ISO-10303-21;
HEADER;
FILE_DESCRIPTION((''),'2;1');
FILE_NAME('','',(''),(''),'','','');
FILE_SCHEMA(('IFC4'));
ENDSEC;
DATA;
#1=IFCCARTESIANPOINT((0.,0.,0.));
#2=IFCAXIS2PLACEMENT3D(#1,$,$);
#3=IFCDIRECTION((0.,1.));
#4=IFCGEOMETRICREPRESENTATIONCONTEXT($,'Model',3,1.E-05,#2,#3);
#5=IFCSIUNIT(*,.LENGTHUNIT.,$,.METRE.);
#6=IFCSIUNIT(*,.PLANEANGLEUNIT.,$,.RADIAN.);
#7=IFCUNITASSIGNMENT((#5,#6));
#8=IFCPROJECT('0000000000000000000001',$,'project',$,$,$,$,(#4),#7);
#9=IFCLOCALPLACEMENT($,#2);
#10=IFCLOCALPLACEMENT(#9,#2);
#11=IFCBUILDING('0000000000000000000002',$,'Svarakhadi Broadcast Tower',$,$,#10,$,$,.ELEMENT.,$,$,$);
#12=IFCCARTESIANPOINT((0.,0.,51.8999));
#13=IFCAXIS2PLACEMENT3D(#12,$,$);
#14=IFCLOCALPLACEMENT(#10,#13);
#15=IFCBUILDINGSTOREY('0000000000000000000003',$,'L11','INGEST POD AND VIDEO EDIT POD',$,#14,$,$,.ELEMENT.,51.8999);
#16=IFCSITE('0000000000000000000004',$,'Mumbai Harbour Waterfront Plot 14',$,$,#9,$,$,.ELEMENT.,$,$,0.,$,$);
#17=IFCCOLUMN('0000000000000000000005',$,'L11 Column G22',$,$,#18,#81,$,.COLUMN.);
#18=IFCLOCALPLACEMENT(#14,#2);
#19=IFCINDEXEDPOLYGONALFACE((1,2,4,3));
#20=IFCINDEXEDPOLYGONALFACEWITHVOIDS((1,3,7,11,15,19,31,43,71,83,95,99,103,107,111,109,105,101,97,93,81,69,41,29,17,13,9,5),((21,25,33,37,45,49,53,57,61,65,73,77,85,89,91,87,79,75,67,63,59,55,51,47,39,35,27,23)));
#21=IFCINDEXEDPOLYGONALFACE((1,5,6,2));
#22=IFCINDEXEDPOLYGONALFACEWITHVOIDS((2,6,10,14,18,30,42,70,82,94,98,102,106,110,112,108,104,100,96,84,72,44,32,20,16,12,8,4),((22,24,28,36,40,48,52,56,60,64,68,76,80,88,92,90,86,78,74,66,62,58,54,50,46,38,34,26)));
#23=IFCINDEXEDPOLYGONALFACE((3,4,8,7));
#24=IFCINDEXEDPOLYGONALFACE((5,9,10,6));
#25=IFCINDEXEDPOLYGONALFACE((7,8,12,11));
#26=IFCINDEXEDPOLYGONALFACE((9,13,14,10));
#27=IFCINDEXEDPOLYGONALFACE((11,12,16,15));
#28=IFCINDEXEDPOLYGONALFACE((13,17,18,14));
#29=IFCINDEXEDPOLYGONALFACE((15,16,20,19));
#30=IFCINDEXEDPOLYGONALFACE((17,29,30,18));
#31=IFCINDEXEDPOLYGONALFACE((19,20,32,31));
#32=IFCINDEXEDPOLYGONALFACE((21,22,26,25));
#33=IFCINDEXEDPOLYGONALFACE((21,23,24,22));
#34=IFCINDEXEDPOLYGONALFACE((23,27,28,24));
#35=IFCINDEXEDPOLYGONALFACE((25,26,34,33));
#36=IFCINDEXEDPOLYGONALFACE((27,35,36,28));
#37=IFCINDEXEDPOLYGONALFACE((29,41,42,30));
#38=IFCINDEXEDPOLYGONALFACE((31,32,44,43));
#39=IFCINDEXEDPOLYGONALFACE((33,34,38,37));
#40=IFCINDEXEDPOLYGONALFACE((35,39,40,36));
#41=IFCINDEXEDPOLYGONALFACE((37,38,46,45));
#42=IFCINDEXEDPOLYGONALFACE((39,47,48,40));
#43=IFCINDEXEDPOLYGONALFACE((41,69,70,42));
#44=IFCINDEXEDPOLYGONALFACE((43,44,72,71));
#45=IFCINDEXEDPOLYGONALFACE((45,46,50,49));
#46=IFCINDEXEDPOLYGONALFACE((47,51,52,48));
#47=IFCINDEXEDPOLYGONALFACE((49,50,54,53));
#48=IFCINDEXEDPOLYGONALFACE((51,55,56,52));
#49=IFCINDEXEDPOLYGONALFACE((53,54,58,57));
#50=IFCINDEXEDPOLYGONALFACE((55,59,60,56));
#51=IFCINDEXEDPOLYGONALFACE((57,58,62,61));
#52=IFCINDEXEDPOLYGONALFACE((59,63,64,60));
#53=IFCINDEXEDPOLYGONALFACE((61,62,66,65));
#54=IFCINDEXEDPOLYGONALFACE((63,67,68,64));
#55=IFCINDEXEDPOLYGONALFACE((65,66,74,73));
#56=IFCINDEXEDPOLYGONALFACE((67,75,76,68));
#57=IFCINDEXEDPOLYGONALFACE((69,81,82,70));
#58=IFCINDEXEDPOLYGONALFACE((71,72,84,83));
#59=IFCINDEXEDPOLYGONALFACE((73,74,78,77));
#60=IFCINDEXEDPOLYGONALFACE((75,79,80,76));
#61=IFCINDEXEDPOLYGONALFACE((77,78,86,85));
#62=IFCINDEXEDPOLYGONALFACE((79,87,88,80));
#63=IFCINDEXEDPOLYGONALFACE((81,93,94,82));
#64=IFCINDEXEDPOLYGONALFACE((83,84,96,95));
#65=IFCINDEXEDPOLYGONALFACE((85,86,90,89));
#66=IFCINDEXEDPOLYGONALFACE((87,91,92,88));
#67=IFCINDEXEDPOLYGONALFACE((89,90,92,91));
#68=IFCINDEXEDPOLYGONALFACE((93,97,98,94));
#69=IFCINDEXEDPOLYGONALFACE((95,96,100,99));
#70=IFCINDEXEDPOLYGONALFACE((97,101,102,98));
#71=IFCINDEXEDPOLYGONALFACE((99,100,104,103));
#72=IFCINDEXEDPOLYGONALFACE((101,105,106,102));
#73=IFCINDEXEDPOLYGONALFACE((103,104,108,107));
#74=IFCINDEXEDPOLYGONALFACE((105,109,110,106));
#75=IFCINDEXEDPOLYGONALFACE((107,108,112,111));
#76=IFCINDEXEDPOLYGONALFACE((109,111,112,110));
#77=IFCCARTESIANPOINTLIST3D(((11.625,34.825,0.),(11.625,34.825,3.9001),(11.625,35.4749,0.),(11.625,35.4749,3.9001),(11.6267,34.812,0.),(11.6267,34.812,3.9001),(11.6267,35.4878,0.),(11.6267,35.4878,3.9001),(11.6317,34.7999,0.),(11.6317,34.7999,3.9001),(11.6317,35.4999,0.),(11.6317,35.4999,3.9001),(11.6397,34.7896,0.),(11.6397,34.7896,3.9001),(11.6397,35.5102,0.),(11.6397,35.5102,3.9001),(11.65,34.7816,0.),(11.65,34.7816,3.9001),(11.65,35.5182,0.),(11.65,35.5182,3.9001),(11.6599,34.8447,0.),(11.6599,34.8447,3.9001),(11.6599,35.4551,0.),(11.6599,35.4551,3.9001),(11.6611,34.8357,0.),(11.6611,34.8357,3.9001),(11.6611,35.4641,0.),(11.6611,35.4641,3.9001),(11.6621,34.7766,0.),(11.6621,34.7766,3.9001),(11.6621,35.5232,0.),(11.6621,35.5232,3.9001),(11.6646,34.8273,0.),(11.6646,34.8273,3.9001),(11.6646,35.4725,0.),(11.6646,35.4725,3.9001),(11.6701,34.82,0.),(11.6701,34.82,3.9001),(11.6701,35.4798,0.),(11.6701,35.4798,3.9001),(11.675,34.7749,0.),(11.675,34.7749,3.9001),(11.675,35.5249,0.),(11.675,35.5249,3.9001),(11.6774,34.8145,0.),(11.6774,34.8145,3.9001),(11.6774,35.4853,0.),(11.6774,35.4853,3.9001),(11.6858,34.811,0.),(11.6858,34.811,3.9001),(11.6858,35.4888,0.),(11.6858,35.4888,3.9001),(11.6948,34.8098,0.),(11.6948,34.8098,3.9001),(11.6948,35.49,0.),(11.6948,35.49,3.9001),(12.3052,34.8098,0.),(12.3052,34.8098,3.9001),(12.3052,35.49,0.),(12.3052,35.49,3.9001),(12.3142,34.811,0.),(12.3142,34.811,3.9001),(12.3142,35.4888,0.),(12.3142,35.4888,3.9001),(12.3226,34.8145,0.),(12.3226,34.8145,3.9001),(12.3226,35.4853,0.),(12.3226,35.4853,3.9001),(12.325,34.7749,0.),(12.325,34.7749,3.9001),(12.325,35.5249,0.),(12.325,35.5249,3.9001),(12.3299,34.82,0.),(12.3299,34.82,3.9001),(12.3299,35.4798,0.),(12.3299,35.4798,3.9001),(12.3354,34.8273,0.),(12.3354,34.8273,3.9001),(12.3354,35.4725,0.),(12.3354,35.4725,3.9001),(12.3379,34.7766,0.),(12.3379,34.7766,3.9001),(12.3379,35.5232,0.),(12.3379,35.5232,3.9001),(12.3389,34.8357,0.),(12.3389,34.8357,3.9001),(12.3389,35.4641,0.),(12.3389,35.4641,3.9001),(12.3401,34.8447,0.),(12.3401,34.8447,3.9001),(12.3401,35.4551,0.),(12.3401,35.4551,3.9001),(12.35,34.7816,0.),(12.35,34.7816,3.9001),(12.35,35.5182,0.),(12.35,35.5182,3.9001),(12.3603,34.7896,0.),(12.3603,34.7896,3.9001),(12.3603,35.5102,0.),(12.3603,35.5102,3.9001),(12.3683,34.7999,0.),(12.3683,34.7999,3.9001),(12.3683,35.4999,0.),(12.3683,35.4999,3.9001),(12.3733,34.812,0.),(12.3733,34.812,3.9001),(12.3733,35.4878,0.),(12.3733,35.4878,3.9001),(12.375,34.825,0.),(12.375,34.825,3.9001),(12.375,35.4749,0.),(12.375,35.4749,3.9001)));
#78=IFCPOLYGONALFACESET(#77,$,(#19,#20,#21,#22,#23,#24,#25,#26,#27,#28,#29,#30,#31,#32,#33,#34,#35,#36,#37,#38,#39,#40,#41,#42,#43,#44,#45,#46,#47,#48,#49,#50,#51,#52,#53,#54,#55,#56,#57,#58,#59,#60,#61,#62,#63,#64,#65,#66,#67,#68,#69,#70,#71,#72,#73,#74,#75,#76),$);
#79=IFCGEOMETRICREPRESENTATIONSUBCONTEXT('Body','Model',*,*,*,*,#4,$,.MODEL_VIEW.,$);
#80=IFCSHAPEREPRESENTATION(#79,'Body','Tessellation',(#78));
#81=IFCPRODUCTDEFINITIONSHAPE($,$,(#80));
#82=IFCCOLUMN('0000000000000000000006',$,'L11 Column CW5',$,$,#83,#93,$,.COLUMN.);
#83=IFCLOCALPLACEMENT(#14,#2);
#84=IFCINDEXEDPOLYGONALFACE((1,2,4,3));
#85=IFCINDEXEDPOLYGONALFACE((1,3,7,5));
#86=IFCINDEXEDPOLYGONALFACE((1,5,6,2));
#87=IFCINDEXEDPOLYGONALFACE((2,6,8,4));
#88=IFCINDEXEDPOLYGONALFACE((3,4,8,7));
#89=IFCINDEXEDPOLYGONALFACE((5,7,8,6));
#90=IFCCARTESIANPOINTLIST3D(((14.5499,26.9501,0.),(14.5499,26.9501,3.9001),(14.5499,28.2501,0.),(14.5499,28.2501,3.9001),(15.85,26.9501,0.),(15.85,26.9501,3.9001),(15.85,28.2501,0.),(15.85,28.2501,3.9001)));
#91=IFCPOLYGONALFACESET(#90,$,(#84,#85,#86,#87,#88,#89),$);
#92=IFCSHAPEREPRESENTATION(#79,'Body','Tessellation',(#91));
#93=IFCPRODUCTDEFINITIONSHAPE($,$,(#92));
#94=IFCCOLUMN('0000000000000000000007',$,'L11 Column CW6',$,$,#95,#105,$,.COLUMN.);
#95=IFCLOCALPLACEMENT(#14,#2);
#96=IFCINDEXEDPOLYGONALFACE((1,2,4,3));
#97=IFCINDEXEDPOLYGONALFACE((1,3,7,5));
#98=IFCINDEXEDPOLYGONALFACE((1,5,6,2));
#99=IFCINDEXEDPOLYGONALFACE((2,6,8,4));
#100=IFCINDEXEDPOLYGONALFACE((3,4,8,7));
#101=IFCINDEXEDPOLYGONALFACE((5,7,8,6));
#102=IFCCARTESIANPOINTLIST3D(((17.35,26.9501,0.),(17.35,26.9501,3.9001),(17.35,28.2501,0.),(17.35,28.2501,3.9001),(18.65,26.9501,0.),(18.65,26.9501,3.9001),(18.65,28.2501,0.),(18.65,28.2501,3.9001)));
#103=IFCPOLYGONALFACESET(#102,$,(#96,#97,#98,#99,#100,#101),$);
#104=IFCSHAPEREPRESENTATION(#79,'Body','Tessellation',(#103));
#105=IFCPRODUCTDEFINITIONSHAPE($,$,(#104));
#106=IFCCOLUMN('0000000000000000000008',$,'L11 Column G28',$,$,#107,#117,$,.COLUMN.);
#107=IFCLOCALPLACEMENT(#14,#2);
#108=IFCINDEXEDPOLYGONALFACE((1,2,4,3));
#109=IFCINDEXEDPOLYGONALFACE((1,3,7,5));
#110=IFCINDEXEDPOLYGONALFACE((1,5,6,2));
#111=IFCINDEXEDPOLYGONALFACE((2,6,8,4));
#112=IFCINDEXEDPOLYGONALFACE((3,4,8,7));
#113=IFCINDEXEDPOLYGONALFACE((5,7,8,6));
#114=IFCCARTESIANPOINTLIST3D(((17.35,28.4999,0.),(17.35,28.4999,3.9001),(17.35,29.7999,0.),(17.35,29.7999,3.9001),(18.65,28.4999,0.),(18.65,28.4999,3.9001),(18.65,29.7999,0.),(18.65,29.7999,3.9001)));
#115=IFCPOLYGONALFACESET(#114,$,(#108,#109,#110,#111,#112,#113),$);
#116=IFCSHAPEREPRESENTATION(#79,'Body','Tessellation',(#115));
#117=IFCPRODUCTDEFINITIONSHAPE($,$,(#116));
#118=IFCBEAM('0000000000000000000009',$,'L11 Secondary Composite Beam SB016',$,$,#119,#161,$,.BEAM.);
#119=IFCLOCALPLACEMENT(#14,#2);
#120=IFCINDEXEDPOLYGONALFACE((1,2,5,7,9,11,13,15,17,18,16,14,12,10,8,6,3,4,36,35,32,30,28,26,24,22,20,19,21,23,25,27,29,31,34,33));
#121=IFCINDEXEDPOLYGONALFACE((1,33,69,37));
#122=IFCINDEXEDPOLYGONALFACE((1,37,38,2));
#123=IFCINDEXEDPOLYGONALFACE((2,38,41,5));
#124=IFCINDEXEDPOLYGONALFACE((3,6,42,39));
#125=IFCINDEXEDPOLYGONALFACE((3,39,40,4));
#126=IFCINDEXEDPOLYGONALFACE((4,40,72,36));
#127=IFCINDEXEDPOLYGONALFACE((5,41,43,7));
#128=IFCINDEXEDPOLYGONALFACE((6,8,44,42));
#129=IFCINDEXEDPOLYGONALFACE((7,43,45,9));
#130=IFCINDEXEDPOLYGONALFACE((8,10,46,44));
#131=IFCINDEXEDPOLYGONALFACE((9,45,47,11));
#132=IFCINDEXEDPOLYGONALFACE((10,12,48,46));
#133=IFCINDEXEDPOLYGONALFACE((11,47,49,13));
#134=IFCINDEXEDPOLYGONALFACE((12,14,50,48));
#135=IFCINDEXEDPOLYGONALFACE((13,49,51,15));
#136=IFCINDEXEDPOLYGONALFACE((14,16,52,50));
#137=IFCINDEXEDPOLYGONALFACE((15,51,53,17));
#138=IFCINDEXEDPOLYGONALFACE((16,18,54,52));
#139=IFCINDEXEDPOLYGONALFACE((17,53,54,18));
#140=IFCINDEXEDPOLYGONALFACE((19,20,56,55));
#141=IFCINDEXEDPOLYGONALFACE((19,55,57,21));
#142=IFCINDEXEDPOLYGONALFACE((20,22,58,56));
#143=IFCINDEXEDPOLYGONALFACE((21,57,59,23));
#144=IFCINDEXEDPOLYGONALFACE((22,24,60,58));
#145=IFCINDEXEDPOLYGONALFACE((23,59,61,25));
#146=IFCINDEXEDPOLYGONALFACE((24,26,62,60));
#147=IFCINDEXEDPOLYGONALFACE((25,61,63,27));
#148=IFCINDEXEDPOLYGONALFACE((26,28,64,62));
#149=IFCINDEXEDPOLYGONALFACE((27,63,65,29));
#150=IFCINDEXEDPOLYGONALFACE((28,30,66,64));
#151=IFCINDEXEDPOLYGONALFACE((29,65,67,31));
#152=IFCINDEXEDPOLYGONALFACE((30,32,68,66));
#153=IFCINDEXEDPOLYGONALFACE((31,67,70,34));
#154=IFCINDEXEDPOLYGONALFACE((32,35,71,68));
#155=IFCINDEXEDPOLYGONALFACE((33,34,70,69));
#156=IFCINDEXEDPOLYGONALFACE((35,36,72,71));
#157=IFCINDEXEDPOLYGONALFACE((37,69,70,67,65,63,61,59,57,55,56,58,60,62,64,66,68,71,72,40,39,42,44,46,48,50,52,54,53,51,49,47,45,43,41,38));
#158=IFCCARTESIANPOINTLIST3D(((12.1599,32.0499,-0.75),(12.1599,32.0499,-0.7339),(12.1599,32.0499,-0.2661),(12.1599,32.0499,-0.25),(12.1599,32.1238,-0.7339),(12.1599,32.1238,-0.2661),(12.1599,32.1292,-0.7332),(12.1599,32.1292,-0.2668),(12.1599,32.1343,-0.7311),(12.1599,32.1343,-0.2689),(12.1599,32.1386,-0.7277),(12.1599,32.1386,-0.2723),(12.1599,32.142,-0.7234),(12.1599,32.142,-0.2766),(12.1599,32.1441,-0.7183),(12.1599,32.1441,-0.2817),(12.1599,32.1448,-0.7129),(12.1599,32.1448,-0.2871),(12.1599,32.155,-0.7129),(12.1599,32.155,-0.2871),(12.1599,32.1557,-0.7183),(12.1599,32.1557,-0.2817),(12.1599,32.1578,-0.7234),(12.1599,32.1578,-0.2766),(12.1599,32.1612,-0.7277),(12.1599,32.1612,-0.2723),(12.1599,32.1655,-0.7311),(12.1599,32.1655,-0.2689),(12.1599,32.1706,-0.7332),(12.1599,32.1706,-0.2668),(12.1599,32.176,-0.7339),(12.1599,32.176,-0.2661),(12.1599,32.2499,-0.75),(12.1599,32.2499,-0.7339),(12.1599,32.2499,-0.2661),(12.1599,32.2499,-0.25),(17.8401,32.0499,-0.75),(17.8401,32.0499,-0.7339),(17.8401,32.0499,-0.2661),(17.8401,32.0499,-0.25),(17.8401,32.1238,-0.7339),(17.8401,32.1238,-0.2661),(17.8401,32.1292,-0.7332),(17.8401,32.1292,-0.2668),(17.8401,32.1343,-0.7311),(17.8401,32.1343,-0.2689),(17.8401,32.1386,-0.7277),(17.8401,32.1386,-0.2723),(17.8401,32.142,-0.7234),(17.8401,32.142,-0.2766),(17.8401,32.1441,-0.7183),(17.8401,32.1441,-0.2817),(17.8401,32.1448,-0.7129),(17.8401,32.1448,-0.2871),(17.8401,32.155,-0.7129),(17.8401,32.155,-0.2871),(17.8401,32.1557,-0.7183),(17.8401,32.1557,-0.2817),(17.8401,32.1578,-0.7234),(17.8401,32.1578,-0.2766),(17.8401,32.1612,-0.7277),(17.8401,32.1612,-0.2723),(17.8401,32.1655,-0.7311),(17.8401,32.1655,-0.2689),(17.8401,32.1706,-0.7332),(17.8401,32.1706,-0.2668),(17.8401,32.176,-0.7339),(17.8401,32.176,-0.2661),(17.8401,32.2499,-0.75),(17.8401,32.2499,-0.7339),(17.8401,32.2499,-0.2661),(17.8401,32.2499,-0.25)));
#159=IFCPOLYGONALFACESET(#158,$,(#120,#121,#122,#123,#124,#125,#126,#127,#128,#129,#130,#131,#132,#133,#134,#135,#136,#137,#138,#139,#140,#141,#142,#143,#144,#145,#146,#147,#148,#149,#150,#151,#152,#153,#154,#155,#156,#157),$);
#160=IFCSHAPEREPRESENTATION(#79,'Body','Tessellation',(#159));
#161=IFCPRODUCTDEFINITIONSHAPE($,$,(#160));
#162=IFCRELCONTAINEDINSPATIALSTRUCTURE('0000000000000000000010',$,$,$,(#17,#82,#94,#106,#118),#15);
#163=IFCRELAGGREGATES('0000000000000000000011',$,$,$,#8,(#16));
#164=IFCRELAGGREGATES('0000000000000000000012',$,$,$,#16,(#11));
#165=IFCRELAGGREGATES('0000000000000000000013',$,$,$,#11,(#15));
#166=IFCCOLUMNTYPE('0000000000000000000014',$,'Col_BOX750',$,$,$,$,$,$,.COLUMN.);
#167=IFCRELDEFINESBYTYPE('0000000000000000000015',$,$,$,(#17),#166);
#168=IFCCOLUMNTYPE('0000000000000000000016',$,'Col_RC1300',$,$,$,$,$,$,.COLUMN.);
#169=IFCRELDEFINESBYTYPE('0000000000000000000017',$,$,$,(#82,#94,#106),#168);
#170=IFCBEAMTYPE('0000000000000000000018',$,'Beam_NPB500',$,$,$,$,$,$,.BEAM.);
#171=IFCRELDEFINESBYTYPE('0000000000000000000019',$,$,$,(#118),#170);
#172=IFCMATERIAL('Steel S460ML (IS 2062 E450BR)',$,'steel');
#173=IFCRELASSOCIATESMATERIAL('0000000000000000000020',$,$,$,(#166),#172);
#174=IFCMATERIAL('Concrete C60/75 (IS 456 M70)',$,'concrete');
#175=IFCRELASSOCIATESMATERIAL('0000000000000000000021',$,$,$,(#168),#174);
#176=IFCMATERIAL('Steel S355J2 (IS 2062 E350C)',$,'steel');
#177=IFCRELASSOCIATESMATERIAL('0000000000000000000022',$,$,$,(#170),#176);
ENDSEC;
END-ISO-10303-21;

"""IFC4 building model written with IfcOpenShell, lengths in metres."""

from ifc_helpers import new_model, si_unit, direction, frame, origin, origin_2d, place, context, subcontext, project, spatial, rectangle, hollow_rectangle, i_section, extrude, material, material_profile, profile_set, type_object, element, save


model = new_model("IFC4")

# Units and contexts
model_context = context("Model", 3, precision=1e-05, world=origin(), true_north=direction((0.0, 1.0)))
body_context = subcontext(model_context, "Body", "Model", "MODEL_VIEW")
ifc_project = project(units=[si_unit("LENGTHUNIT", "METRE"), si_unit("PLANEANGLEUNIT", "RADIAN")], contexts=[model_context])

# Site, building, storey
site_placement = place(None, origin())
site = spatial("IfcSite", under=ifc_project, at=site_placement, Name="Mumbai Harbour Waterfront Plot 14", CompositionType="ELEMENT", RefElevation=0.0)
building_placement = place(site_placement, origin())
building = spatial("IfcBuilding", under=site, at=building_placement, Name="Svarakhadi Broadcast Tower", CompositionType="ELEMENT")
storey_placement = place(building_placement, frame((0.0, 0.0, 51.8999)))
storey = spatial("IfcBuildingStorey", under=building, at=storey_placement, Name="L11", Description="INGEST POD AND VIDEO EDIT POD", CompositionType="ELEMENT", Elevation=51.8999)

# Columns
ifc_material_1 = material(Name="Steel S460ML (IS 2062 E450BR)", Category="steel")
ifc_material_profile_1 = material_profile(ifc_material_1, hollow_rectangle(XDim=0.75, YDim=0.75, WallThickness=0.0349, InnerFilletRadius=0.0349, OuterFilletRadius=0.05, at=origin_2d()), Name="BOX 750x750x35")
ifc_profile_set_1 = profile_set([ifc_material_profile_1], Name="Steel S460ML (IS 2062 E450BR)")
column_type_1 = type_object("IfcColumnType", Name="Col_BOX750", PredefinedType="COLUMN", material=ifc_profile_set_1)
column_placement = place(storey_placement, frame((12.0, 35.1499, 0.0), z_axis=(0.0, 0.0, 1.0), x_axis=(1.0, 0.0, 0.0)))
element("IfcColumn", 1, at=column_placement, inside=storey, type_object=column_type_1, Name="L11 Column G22", PredefinedType="COLUMN", context=body_context, shape_type="SweptSolid", body=[
    extrude(hollow_rectangle(XDim=0.75, YDim=0.75, WallThickness=0.0349, InnerFilletRadius=0.0349, OuterFilletRadius=0.05, at=origin_2d()), origin(), (0.0, 0.0, 1.0), 3.9001),
])
ifc_material_2 = material(Name="Concrete C60/75 (IS 456 M70)", Category="concrete")
ifc_material_profile_2 = material_profile(ifc_material_2, rectangle(XDim=1.3, YDim=1.3, at=origin_2d()), Name="RC 1300x1300")
ifc_profile_set_2 = profile_set([ifc_material_profile_2], Name="Concrete C60/75 (IS 456 M70)")
column_type_2 = type_object("IfcColumnType", Name="Col_RC1300", PredefinedType="COLUMN", material=ifc_profile_set_2)
for number, where, z_axis, x_axis, name in (
    (2, (15.2, 27.6001, 0.0), (0.0, 0.0, 1.0), (1.0, 0.0, 0.0), "L11 Column CW5"),
    (3, (18.0, 27.6001, 0.0), (0.0, 0.0, 1.0), (1.0, 0.0, 0.0), "L11 Column CW6"),
    (4, (18.0, 29.1499, 0.0), (0.0, 0.0, 1.0), (1.0, 0.0, 0.0), "L11 Column G28"),
):
    element("IfcColumn", number, at=place(storey_placement, frame(where, z_axis=z_axis, x_axis=x_axis)), inside=storey, type_object=column_type_2, Name=name, PredefinedType="COLUMN", context=body_context, shape_type="SweptSolid", body=[
        extrude(rectangle(XDim=1.3, YDim=1.3, at=origin_2d()), origin(), (0.0, 0.0, 1.0), 3.9001),
    ])

# Beam
ifc_material_3 = material(Name="Steel S355J2 (IS 2062 E350C)", Category="steel")
ifc_material_profile_3 = material_profile(ifc_material_3, i_section(OverallWidth=0.2, OverallDepth=0.5, WebThickness=0.0103, FlangeThickness=0.0161, FilletRadius=0.021, at=origin_2d()), Name="NPB 500x200x91")
ifc_profile_set_3 = profile_set([ifc_material_profile_3], Name="Steel S355J2 (IS 2062 E350C)")
beam_type_1 = type_object("IfcBeamType", Name="Beam_NPB500", PredefinedType="BEAM", material=ifc_profile_set_3)
beam_1_placement = place(storey_placement, frame((12.1599, 32.1499, -0.5), z_axis=(1.0, 0.0, 0.0), x_axis=(0.0, 1.0, 0.0)))
element("IfcBeam", 5, at=beam_1_placement, inside=storey, type_object=beam_type_1, Name="L11 Secondary Composite Beam SB016", PredefinedType="BEAM", context=body_context, shape_type="SweptSolid", body=[
    extrude(i_section(OverallWidth=0.2, OverallDepth=0.5, WebThickness=0.0103, FlangeThickness=0.0161, FilletRadius=0.021, at=origin_2d()), origin(), (0.0, 0.0, 1.0), 5.6802),
])

save(model, "model.ifc")
